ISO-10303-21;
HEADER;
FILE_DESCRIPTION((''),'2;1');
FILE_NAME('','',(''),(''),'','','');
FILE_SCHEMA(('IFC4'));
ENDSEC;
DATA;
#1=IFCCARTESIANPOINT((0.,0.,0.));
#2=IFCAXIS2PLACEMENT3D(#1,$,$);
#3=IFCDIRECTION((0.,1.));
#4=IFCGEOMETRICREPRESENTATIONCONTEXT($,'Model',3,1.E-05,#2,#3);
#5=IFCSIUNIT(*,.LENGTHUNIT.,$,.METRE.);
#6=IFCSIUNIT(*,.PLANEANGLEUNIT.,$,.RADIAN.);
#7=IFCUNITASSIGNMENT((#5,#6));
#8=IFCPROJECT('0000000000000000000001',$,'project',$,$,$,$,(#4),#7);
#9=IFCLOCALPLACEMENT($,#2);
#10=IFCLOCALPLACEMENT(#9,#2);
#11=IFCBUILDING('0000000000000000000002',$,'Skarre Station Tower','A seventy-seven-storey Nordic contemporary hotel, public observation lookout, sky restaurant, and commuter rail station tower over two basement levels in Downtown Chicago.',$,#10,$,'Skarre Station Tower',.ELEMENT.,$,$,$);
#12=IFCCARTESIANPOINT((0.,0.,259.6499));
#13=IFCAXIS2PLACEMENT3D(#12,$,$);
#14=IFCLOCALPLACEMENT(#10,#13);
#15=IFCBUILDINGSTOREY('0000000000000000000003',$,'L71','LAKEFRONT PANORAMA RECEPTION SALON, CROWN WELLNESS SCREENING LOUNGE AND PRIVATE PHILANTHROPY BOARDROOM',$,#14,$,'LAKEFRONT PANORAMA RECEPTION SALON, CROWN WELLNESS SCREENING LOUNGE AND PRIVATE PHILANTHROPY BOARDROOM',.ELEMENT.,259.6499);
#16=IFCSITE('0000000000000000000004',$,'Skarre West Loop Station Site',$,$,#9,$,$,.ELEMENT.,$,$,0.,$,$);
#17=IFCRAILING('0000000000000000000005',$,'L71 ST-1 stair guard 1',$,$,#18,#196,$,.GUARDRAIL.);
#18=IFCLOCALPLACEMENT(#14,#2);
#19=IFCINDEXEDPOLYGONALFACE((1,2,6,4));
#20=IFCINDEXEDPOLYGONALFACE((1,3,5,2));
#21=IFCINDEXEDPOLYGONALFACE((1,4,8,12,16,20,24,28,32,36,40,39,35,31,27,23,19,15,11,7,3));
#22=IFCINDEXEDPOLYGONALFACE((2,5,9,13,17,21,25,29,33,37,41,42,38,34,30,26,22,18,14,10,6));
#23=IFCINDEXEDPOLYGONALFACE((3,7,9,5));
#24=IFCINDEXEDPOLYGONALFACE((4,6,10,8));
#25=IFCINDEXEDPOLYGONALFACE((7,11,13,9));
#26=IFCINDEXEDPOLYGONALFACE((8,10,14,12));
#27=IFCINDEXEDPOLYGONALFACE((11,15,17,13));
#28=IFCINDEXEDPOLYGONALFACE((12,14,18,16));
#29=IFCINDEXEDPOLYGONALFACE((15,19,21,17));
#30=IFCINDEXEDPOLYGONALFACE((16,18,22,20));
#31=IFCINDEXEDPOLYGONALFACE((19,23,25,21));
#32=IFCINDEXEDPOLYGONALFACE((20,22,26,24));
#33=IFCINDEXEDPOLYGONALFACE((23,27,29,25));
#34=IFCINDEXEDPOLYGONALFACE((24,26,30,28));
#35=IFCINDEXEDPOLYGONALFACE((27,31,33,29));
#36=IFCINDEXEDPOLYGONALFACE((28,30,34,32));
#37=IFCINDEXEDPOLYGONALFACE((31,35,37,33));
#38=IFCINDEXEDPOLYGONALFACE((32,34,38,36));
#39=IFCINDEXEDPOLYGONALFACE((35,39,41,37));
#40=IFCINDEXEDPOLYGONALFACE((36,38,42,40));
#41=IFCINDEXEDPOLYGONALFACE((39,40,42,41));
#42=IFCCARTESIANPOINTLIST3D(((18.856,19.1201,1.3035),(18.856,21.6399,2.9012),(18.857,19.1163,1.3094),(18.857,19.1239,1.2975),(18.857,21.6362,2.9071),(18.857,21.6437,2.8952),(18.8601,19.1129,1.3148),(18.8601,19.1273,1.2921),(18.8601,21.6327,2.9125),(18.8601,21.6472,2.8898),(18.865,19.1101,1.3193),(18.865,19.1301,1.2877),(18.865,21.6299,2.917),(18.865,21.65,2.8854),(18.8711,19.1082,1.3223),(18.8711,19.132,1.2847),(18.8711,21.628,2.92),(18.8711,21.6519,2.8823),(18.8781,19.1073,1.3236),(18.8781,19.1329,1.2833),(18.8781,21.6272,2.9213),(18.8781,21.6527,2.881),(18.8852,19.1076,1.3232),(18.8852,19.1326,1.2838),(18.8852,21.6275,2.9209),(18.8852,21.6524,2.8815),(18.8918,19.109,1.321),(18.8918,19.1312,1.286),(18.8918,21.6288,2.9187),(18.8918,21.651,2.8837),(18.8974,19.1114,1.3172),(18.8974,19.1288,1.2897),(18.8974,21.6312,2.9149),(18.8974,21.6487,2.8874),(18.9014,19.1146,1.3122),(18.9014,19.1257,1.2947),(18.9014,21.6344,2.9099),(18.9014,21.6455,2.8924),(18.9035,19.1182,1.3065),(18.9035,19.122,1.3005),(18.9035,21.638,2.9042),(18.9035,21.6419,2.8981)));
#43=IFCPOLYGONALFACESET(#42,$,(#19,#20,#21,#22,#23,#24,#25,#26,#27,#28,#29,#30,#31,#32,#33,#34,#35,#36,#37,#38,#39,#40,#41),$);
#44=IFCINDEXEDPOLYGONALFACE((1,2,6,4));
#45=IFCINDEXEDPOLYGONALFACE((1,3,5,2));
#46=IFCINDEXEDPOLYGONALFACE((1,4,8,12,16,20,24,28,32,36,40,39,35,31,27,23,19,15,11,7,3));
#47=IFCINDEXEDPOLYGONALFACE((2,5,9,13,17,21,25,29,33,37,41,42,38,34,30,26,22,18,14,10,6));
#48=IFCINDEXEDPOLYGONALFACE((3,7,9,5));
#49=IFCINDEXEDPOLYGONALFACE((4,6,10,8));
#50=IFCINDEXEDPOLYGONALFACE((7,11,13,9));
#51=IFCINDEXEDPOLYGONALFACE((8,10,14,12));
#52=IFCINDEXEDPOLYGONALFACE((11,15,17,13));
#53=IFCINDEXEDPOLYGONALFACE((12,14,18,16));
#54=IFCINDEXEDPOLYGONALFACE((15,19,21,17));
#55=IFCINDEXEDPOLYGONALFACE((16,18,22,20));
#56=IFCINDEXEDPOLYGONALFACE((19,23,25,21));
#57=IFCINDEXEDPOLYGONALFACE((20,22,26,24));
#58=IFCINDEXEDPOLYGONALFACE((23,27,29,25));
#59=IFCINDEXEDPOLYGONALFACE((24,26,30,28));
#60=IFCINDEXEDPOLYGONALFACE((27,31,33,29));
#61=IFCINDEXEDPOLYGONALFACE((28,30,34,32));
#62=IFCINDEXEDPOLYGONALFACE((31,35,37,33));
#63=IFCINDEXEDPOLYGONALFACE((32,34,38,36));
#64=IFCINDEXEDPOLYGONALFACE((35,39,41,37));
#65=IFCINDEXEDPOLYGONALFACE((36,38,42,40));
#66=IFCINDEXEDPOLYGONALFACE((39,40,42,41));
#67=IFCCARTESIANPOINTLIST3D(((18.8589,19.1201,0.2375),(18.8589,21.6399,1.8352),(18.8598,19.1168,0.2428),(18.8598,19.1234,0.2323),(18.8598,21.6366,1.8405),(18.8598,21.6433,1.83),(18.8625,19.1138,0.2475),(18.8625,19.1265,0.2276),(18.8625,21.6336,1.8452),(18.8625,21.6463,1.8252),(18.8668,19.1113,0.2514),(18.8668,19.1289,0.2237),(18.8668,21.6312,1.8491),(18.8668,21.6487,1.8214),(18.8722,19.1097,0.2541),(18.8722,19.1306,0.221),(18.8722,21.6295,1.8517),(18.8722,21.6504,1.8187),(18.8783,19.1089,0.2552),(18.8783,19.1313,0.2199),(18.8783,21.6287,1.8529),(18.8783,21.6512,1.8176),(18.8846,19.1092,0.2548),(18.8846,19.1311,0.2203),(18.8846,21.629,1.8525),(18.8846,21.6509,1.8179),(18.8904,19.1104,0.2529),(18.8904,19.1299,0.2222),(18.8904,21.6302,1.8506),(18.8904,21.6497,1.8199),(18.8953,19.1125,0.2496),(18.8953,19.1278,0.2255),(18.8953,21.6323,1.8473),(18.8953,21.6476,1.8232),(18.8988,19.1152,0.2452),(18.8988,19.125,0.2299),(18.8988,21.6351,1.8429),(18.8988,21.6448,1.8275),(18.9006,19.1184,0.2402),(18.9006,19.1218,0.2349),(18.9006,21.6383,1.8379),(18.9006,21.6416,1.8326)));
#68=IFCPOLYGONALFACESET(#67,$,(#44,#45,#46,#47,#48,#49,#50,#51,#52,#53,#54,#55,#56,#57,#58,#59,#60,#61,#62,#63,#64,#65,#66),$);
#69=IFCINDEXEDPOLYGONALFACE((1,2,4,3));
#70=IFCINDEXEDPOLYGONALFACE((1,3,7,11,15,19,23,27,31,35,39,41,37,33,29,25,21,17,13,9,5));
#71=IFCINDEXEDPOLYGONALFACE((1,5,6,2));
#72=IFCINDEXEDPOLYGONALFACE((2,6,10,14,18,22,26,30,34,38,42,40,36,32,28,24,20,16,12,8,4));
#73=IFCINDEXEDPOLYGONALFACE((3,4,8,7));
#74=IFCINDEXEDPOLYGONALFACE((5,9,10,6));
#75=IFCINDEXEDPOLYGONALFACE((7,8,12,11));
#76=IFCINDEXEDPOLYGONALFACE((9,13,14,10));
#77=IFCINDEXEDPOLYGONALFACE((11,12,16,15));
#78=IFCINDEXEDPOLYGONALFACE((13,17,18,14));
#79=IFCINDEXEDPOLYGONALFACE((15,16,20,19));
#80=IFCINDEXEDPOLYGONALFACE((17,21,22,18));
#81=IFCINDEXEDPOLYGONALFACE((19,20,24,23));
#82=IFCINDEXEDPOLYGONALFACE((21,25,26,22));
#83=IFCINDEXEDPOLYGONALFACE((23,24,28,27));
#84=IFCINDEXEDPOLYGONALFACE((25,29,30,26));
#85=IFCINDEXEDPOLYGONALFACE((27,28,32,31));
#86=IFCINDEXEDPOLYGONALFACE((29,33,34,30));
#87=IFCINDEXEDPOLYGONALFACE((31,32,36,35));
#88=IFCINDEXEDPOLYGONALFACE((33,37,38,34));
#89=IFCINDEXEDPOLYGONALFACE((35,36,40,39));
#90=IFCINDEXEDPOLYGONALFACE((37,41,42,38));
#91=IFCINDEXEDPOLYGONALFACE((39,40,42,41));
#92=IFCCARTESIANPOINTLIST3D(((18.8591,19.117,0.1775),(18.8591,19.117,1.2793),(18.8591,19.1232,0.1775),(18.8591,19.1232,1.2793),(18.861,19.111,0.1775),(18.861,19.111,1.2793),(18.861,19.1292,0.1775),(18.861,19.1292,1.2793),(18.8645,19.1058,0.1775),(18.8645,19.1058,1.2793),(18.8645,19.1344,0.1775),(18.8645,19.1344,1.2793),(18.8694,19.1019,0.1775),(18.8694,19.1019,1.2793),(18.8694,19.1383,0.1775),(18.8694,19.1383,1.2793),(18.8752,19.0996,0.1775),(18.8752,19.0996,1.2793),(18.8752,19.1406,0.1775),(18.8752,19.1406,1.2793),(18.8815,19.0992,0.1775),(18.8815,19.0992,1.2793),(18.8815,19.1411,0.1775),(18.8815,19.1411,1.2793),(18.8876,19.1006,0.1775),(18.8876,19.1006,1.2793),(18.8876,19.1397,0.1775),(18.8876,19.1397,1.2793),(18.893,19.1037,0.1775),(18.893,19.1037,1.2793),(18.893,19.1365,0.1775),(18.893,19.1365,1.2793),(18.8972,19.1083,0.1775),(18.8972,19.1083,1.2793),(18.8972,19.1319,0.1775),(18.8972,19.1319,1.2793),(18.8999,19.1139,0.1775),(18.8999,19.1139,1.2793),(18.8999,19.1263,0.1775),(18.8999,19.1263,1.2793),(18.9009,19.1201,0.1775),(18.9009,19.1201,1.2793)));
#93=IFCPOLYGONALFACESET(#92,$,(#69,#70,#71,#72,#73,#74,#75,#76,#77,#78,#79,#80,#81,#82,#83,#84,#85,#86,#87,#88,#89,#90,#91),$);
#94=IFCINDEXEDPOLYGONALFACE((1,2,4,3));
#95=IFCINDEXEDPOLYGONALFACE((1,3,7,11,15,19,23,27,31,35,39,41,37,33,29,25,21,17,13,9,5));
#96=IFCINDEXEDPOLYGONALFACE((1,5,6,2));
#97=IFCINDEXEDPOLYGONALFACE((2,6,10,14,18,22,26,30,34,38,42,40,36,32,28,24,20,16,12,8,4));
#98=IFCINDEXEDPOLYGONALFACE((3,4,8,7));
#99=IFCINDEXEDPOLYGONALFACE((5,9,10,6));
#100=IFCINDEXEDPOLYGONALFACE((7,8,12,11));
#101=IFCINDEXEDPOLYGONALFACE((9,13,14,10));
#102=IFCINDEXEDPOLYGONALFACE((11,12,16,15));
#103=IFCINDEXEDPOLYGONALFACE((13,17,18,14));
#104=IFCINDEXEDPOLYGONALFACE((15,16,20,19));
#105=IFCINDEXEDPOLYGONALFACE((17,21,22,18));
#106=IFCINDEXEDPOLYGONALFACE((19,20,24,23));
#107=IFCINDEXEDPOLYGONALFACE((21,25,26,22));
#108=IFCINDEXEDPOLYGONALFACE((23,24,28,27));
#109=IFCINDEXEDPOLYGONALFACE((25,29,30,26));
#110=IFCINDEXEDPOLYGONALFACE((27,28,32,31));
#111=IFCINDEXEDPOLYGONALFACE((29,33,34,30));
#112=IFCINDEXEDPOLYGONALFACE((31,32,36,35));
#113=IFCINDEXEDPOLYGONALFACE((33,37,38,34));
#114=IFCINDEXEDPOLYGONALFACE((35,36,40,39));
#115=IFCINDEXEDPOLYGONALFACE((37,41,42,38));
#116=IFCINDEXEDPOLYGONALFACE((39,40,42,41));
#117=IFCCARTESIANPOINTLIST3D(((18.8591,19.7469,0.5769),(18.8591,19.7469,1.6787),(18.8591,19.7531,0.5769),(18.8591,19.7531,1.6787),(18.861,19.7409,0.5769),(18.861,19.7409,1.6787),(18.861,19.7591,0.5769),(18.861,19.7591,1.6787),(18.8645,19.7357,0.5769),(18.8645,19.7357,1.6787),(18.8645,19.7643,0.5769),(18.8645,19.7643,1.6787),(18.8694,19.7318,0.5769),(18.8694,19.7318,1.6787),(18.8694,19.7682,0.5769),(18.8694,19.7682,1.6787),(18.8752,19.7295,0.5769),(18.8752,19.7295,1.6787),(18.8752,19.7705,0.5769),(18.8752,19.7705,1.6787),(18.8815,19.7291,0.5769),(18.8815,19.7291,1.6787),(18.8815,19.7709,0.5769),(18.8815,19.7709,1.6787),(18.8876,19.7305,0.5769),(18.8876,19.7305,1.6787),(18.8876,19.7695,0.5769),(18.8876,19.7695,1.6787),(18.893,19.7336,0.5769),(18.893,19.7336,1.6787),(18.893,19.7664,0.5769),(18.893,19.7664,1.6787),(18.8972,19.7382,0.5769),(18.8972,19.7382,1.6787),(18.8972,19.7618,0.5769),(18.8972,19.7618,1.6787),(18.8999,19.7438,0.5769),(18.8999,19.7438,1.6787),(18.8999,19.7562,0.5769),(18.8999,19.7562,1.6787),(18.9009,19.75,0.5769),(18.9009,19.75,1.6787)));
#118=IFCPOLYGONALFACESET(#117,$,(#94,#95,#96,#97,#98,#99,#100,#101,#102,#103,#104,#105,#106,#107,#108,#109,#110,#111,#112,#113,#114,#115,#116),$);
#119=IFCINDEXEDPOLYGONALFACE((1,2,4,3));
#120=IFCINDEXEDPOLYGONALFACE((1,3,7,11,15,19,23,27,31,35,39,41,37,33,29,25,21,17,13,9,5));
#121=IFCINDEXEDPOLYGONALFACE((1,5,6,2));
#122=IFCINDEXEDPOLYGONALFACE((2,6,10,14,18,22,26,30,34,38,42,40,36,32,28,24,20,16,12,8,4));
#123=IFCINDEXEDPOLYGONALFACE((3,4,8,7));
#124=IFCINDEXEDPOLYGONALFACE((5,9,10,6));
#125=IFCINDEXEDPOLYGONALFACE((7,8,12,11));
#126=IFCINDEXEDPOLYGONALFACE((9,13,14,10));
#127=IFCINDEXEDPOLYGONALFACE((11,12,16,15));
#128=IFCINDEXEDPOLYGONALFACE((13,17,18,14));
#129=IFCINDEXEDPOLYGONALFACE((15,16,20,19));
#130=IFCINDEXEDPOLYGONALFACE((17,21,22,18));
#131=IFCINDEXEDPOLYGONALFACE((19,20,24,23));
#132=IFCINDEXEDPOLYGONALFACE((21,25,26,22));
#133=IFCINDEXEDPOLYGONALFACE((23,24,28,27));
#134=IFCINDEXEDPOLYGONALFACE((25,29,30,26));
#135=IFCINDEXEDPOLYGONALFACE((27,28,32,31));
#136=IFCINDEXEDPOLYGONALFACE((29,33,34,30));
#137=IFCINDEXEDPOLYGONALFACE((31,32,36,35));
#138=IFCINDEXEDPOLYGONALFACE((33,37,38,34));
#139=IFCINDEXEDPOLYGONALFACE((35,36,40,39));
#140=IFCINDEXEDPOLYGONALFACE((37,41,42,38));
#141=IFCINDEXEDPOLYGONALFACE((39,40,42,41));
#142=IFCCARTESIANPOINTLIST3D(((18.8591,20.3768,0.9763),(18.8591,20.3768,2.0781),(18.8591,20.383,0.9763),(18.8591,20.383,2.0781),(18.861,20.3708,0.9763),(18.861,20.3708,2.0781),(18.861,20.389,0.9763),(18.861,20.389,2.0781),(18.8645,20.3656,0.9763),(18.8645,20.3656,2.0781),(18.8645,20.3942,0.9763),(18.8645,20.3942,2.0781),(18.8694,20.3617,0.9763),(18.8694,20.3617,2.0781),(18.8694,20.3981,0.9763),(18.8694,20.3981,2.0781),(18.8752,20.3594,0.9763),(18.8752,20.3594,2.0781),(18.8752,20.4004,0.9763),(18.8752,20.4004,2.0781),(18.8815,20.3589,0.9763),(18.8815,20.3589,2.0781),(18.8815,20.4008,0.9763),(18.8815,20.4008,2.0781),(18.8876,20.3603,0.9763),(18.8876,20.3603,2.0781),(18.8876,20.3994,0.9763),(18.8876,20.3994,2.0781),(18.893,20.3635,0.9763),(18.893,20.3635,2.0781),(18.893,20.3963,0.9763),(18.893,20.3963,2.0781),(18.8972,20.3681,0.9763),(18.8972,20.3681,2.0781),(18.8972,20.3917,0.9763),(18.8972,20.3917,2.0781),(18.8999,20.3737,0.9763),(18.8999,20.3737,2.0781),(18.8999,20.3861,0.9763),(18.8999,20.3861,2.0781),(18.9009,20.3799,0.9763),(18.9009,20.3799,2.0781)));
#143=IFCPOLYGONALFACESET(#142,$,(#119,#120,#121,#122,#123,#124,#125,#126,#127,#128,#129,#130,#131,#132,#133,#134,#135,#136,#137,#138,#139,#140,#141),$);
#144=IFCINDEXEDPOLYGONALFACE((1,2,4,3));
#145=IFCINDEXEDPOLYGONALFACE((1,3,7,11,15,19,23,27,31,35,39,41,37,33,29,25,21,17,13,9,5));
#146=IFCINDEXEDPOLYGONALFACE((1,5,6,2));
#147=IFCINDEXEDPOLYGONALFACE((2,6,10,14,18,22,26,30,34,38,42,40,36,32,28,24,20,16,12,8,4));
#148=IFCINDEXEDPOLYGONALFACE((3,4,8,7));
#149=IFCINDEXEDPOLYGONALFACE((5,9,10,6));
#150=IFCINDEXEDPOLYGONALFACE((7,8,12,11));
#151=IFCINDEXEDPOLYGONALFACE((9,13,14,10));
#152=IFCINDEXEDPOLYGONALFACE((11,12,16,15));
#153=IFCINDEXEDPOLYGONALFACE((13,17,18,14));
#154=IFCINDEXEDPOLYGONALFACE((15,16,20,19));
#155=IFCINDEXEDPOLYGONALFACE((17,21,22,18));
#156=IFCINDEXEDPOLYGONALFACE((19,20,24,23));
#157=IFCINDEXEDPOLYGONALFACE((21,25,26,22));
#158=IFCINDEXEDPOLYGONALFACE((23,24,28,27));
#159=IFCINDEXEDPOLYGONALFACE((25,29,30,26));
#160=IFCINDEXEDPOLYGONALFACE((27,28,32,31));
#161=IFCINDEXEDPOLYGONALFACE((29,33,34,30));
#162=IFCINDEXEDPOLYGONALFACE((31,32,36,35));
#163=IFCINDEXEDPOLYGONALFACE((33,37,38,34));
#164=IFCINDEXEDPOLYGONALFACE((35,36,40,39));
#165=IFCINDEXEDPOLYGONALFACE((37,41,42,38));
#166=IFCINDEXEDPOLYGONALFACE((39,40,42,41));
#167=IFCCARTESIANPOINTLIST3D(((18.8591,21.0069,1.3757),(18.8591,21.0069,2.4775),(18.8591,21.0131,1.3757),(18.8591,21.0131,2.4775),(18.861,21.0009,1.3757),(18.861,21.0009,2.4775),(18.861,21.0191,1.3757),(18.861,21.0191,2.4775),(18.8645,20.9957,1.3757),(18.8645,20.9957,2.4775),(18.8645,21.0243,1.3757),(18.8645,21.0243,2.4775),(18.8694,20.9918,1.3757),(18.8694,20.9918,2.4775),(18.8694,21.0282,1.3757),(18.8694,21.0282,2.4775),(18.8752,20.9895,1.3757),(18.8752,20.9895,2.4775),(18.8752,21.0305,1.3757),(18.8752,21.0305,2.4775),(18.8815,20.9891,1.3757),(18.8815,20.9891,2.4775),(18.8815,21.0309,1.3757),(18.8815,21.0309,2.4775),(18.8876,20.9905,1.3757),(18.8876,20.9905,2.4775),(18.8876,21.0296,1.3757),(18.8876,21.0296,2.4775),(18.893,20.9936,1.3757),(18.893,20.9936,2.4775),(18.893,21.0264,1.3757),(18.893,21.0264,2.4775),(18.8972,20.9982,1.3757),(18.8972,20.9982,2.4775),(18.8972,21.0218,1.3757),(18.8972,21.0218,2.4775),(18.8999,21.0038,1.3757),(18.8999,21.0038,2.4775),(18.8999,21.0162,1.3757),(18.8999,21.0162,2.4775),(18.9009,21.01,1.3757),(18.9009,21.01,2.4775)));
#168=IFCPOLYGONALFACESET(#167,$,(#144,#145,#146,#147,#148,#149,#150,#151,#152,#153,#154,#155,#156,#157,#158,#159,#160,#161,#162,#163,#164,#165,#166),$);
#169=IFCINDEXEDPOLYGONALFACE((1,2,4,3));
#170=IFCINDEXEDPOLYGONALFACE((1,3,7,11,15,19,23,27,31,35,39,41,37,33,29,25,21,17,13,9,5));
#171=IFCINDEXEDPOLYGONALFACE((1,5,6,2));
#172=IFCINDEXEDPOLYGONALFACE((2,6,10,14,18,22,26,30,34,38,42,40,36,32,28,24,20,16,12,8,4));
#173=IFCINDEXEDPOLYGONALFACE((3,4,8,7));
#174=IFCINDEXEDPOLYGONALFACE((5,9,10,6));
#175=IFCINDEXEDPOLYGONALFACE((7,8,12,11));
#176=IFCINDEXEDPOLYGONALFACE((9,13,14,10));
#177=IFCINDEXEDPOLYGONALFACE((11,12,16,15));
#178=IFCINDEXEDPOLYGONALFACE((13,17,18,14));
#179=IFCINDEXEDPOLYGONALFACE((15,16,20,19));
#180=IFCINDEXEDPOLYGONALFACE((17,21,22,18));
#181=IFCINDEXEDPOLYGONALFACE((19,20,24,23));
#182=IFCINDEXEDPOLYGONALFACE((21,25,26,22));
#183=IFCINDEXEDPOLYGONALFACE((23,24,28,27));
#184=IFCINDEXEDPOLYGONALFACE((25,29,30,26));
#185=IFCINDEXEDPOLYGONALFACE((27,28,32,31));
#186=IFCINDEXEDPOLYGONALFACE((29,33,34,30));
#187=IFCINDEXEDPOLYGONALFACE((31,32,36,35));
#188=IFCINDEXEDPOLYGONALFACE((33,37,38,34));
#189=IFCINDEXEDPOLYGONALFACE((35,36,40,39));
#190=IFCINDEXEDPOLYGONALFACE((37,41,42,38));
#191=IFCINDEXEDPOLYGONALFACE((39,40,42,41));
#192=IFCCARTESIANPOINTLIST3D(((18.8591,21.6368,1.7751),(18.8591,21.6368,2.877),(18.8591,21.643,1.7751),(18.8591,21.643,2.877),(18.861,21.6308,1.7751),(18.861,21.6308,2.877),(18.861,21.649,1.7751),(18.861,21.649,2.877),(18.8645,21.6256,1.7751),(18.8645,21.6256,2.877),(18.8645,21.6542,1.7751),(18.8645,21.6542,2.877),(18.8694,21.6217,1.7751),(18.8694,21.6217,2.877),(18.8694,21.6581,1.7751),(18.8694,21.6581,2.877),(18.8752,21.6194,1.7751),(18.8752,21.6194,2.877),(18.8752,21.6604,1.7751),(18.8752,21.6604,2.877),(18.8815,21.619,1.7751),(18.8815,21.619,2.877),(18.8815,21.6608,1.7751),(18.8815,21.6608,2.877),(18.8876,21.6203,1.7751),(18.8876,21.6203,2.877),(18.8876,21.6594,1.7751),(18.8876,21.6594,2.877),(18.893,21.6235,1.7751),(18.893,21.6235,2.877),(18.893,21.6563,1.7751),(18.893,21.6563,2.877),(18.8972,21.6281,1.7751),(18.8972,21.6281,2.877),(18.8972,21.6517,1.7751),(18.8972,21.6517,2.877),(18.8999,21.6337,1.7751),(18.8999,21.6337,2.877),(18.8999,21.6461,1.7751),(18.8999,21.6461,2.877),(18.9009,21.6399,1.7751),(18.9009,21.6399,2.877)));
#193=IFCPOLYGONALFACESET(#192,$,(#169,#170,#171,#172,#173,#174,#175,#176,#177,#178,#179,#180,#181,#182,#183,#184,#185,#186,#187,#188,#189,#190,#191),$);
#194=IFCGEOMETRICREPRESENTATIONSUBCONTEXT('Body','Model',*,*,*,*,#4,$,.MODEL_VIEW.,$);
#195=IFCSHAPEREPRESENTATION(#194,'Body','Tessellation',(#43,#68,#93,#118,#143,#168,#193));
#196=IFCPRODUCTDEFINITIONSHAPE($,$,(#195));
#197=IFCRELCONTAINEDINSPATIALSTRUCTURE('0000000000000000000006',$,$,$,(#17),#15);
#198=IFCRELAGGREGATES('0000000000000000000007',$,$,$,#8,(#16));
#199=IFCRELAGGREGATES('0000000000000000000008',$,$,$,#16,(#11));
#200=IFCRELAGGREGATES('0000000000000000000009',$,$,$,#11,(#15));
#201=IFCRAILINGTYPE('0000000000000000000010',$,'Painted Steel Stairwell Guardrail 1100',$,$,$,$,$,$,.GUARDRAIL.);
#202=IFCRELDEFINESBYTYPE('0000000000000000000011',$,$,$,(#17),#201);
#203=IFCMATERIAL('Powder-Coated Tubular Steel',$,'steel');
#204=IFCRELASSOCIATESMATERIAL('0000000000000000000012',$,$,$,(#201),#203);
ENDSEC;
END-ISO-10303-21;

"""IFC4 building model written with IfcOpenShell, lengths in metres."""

from ifc_helpers import new_model, si_unit, direction, frame, origin, origin_2d, place, context, subcontext, project, spatial, circle, extrude, material, type_object, element, save


model = new_model("IFC4")

# Units and contexts
model_context = context("Model", 3, precision=1e-05, world=origin(), true_north=direction((0.0, 1.0)))
body_context = subcontext(model_context, "Body", "Model", "MODEL_VIEW")
ifc_project = project(units=[si_unit("LENGTHUNIT", "METRE"), si_unit("PLANEANGLEUNIT", "RADIAN")], contexts=[model_context])

# Site, building, storey
site_placement = place(None, origin())
site = spatial("IfcSite", under=ifc_project, at=site_placement, Name="Skarre West Loop Station Site", CompositionType="ELEMENT", RefElevation=0.0)
building_placement = place(site_placement, origin())
building = spatial("IfcBuilding", under=site, at=building_placement, Name="Skarre Station Tower", Description="A seventy-seven-storey Nordic contemporary hotel, public observation lookout, sky restaurant, and commuter rail station tower over two basement levels in Downtown Chicago.", LongName="Skarre Station Tower", CompositionType="ELEMENT")
storey_placement = place(building_placement, frame((0.0, 0.0, 259.6499)))
storey = spatial("IfcBuildingStorey", under=building, at=storey_placement, Name="L71", Description="LAKEFRONT PANORAMA RECEPTION SALON, CROWN WELLNESS SCREENING LOUNGE AND PRIVATE PHILANTHROPY BOARDROOM", LongName="LAKEFRONT PANORAMA RECEPTION SALON, CROWN WELLNESS SCREENING LOUNGE AND PRIVATE PHILANTHROPY BOARDROOM", CompositionType="ELEMENT", Elevation=259.6499)

# Railing
ifc_material_1 = material(Name="Powder-Coated Tubular Steel", Category="steel")
railing_type_1 = type_object("IfcRailingType", Name="Painted Steel Stairwell Guardrail 1100", PredefinedType="GUARDRAIL", material=ifc_material_1)
railing_1_placement = place(storey_placement, frame((18.8799, 19.1201, 0.1775)))
element("IfcRailing", 1, at=railing_1_placement, inside=storey, type_object=railing_type_1, Name="L71 ST-1 stair guard 1", PredefinedType="GUARDRAIL", context=body_context, shape_type="SweptSolid", body=[
    extrude(circle(Radius=0.0239, at=origin_2d()), frame((0.0, 0.0, 1.126), z_axis=(0.0, 0.844546, 0.535482), x_axis=(-1.0, 0.0, 0.0)), (0.0, 0.0, 1.0), 2.9836),
    extrude(circle(Radius=0.021, at=origin_2d()), frame((0.0, 0.0, 0.0601), z_axis=(0.0, 0.844546, 0.535482), x_axis=(-1.0, 0.0, 0.0)), (0.0, 0.0, 1.0), 2.9836),
    extrude(circle(Radius=0.021, at=origin_2d()), origin(), (0.0, 0.0, 1.0), 1.1018),
    extrude(circle(Radius=0.021, at=origin_2d()), frame((0.0, 0.6299, 0.3994)), (0.0, 0.0, 1.0), 1.1018),
    extrude(circle(Radius=0.021, at=origin_2d()), frame((0.0, 1.2598, 0.7988)), (0.0, 0.0, 1.0), 1.1018),
    extrude(circle(Radius=0.021, at=origin_2d()), frame((0.0, 1.8899, 1.1982)), (0.0, 0.0, 1.0), 1.1018),
    extrude(circle(Radius=0.021, at=origin_2d()), frame((0.0, 2.5198, 1.5977)), (0.0, 0.0, 1.0), 1.1018),
])

save(model, "model.ifc")
